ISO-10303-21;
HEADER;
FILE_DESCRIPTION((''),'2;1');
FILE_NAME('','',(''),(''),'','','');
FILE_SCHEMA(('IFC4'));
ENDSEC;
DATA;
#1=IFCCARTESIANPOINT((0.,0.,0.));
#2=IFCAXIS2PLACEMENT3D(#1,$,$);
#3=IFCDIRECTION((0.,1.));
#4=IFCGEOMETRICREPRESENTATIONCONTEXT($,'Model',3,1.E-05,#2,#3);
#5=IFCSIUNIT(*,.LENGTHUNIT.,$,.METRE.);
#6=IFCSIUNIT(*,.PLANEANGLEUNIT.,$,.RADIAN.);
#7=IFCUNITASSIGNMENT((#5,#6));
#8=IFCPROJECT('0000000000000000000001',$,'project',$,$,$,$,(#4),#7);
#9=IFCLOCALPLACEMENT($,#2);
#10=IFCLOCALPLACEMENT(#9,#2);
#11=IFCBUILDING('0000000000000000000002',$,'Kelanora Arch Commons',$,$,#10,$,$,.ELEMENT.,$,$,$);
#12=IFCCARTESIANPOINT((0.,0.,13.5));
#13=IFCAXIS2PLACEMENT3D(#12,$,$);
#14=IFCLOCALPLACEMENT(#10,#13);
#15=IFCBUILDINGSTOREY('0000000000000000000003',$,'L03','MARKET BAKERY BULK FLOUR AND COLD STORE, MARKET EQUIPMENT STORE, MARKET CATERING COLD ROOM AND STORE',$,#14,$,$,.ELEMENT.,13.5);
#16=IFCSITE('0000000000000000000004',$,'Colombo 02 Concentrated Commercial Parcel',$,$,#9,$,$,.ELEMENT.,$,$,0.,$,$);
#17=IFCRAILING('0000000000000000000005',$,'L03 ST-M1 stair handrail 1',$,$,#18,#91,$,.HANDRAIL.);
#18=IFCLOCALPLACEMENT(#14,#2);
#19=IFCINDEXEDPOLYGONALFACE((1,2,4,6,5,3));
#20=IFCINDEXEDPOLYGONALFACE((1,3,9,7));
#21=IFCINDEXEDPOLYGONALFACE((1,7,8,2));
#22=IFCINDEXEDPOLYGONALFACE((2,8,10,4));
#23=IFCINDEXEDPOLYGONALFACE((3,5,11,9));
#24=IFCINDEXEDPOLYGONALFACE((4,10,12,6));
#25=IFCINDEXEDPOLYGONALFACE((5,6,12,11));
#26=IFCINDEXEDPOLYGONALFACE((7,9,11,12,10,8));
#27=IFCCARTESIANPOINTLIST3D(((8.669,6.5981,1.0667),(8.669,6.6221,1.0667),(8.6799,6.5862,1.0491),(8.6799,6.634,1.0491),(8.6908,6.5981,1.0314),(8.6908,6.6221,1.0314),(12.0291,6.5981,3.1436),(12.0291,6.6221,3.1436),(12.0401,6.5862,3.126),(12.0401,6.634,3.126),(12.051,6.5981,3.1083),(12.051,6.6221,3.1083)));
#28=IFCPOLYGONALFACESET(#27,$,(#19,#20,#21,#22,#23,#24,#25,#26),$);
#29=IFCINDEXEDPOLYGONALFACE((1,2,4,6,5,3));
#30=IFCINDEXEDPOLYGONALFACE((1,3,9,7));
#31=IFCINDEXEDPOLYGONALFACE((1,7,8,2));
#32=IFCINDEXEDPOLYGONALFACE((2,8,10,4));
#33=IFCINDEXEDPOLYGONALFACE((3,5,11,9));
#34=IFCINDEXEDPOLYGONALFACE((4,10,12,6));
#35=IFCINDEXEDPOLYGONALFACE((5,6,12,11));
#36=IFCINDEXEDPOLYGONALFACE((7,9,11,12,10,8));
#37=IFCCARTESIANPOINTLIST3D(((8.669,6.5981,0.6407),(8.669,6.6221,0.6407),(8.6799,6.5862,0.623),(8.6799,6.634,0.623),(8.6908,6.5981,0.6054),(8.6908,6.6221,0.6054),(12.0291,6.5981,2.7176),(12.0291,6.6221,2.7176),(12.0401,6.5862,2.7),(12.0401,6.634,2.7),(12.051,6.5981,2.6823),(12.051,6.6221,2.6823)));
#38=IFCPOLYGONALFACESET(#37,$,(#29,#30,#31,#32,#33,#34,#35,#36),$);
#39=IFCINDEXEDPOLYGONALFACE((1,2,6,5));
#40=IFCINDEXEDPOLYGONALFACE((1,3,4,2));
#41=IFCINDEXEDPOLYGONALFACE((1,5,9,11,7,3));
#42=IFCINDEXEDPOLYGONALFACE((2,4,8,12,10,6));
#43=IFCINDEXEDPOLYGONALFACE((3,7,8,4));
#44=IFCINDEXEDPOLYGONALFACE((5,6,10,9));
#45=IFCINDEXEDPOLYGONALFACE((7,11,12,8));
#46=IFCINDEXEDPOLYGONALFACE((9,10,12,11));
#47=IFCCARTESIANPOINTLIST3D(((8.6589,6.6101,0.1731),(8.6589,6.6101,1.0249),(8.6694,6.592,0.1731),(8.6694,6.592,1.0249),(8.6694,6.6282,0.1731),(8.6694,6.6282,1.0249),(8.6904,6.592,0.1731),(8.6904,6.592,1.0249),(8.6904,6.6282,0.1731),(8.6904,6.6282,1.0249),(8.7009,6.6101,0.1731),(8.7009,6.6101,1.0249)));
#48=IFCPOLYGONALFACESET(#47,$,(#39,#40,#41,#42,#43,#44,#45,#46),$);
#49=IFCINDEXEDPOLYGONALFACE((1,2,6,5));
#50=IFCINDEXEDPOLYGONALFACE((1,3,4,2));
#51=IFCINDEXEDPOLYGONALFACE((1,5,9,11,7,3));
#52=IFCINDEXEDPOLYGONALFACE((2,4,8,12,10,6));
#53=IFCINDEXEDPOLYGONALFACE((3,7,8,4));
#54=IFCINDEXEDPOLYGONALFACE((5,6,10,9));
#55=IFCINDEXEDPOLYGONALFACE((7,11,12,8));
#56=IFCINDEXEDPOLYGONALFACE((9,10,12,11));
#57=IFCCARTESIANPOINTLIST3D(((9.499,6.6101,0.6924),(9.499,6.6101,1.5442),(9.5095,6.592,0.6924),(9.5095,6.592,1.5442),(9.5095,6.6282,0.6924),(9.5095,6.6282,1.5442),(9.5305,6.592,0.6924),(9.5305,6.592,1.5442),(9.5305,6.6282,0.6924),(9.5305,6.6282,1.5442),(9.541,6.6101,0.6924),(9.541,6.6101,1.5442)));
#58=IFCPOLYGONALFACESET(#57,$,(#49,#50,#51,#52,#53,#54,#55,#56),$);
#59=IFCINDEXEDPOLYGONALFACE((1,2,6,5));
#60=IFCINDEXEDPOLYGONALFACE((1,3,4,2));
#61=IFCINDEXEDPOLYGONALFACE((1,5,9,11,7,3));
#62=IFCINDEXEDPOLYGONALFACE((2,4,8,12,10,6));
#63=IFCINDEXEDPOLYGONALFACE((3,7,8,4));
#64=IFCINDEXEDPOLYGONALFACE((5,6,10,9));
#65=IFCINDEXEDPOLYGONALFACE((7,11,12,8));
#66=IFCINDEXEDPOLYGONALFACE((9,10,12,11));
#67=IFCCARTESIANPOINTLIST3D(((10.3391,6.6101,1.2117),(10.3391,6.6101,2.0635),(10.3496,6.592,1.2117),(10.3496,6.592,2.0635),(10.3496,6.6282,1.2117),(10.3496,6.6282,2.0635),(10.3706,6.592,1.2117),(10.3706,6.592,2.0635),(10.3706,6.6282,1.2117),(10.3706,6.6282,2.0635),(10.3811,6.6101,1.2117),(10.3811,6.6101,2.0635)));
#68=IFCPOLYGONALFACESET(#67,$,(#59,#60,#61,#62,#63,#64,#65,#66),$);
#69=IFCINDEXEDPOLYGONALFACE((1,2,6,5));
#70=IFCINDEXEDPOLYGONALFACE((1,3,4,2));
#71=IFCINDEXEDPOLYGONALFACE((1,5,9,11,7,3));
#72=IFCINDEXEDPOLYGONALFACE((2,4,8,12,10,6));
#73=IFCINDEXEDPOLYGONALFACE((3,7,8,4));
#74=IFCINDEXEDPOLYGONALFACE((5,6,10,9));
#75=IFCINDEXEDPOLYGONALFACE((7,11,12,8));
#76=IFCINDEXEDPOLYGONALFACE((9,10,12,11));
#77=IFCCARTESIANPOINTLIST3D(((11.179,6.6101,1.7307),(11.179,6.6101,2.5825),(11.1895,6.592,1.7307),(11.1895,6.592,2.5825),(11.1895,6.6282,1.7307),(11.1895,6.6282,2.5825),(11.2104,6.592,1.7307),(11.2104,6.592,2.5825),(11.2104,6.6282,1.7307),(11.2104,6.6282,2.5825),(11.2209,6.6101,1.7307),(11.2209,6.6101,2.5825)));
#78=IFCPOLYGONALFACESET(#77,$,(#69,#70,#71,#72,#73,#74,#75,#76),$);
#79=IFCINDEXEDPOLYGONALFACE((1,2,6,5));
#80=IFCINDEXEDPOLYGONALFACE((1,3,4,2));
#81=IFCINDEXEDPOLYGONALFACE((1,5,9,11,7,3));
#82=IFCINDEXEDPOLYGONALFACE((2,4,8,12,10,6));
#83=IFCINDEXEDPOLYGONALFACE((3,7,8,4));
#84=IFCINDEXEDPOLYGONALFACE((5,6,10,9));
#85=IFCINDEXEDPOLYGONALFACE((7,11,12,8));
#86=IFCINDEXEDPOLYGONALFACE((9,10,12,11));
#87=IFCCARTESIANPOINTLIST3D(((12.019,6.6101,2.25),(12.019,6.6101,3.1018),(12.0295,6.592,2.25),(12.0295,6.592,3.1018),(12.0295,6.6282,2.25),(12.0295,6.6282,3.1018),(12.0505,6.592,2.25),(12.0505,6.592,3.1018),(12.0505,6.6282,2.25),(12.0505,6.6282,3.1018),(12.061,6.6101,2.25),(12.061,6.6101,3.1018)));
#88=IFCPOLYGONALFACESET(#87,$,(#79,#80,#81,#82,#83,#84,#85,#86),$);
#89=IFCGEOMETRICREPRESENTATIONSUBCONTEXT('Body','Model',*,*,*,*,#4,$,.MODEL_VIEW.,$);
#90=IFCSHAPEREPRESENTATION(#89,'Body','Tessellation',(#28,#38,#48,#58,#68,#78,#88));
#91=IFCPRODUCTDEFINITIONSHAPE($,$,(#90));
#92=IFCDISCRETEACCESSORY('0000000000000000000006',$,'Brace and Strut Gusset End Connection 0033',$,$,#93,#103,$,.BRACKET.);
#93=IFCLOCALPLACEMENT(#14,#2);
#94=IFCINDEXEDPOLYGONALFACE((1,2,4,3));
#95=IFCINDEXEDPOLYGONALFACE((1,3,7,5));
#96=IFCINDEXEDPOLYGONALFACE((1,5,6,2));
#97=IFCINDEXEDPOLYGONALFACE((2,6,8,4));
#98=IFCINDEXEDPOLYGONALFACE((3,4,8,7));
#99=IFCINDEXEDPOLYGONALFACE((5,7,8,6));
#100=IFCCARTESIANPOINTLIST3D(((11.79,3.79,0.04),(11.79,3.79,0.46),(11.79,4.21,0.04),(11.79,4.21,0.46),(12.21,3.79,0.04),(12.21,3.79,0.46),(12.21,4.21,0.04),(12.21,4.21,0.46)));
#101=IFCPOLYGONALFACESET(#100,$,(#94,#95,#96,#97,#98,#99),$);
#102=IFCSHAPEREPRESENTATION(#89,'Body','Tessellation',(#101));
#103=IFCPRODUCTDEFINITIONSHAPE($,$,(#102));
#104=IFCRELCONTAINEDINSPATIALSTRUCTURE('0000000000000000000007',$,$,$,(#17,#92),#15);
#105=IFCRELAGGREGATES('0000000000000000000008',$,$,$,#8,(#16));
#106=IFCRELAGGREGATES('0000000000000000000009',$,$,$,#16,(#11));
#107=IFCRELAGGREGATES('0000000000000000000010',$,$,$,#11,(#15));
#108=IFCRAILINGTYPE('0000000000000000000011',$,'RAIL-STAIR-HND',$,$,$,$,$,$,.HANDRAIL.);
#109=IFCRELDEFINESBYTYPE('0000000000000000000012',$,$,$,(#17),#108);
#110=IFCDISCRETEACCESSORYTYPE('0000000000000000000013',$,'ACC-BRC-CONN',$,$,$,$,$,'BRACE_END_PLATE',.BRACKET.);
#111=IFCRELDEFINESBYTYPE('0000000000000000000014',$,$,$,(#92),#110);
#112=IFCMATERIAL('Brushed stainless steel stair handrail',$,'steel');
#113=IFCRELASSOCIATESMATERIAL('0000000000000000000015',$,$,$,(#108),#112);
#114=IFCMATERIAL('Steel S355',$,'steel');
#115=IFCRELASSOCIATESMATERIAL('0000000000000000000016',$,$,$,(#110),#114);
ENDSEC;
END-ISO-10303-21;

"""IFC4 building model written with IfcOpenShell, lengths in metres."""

from ifc_helpers import new_model, si_unit, direction, frame, origin, origin_2d, place, context, subcontext, project, spatial, polyline, rectangle, outline, extrude, source, transform, mapped, material, type_object, element, save


model = new_model("IFC4")

# Units and contexts
model_context = context("Model", 3, precision=1e-05, world=origin(), true_north=direction((0.0, 1.0)))
body_context = subcontext(model_context, "Body", "Model", "MODEL_VIEW")
ifc_project = project(units=[si_unit("LENGTHUNIT", "METRE"), si_unit("PLANEANGLEUNIT", "RADIAN")], contexts=[model_context])

# Site, building, storey
site_placement = place(None, origin())
site = spatial("IfcSite", under=ifc_project, at=site_placement, Name="Colombo 02 Concentrated Commercial Parcel", CompositionType="ELEMENT", RefElevation=0.0)
building_placement = place(site_placement, origin())
building = spatial("IfcBuilding", under=site, at=building_placement, Name="Kelanora Arch Commons", CompositionType="ELEMENT")
storey_placement = place(building_placement, frame((0.0, 0.0, 13.5)))
storey = spatial("IfcBuildingStorey", under=building, at=storey_placement, Name="L03", Description="MARKET BAKERY BULK FLOUR AND COLD STORE, MARKET EQUIPMENT STORE, MARKET CATERING COLD ROOM AND STORE", CompositionType="ELEMENT", Elevation=13.5)

# Shared definitions
ifc_material_1 = material(Name="Steel S355", Category="steel")

# Railing
ifc_material_2 = material(Name="Brushed stainless steel stair handrail", Category="steel")
railing_type_1 = type_object("IfcRailingType", Name="RAIL-STAIR-HND", PredefinedType="HANDRAIL", material=ifc_material_2)
railing_1_placement = place(storey_placement, frame((8.6799, 6.6101, 0.1731)))
element("IfcRailing", 1, at=railing_1_placement, inside=storey, type_object=railing_type_1, Name="L03 ST-M1 stair handrail 1", PredefinedType="HANDRAIL", context=body_context, shape_type="SweptSolid", body=[
    extrude(outline(polyline([(0.0239, 0.0), (0.012, 0.0208), (-0.012, 0.0208), (-0.0239, 0.0), (-0.012, -0.0208), (0.012, -0.0208), (0.0239, 0.0)])), frame((0.0, 0.0, 0.876), z_axis=(0.850623, 0.0, 0.525776), x_axis=(0.0, 1.0, 0.0)), (0.0, 0.0, 1.0), 3.9502),
    extrude(outline(polyline([(0.0239, 0.0), (0.012, 0.0208), (-0.012, 0.0208), (-0.0239, 0.0), (-0.012, -0.0208), (0.012, -0.0208), (0.0239, 0.0)])), frame((0.0, 0.0, 0.45), z_axis=(0.850623, 0.0, 0.525776), x_axis=(0.0, 1.0, 0.0)), (0.0, 0.0, 1.0), 3.9502),
    extrude(outline(polyline([(0.021, 0.0), (0.0105, 0.0181), (-0.0105, 0.0181), (-0.021, 0.0), (-0.0105, -0.0181), (0.0105, -0.0181), (0.021, 0.0)])), origin(), (0.0, 0.0, 1.0), 0.8518),
    extrude(outline(polyline([(0.021, 0.0), (0.0105, 0.0181), (-0.0105, 0.0181), (-0.021, 0.0), (-0.0105, -0.0181), (0.0105, -0.0181), (0.021, 0.0)])), frame((0.8401, 0.0, 0.5193)), (0.0, 0.0, 1.0), 0.8518),
    extrude(outline(polyline([(0.021, 0.0), (0.0105, 0.0181), (-0.0105, 0.0181), (-0.021, 0.0), (-0.0105, -0.0181), (0.0105, -0.0181), (0.021, 0.0)])), frame((1.6802, 0.0, 1.0386)), (0.0, 0.0, 1.0), 0.8518),
    extrude(outline(polyline([(0.021, 0.0), (0.0105, 0.0181), (-0.0105, 0.0181), (-0.021, 0.0), (-0.0105, -0.0181), (0.0105, -0.0181), (0.021, 0.0)])), frame((2.52, 0.0, 1.5576)), (0.0, 0.0, 1.0), 0.8518),
    extrude(outline(polyline([(0.021, 0.0), (0.0105, 0.0181), (-0.0105, 0.0181), (-0.021, 0.0), (-0.0105, -0.0181), (0.0105, -0.0181), (0.021, 0.0)])), frame((3.3601, 0.0, 2.0769)), (0.0, 0.0, 1.0), 0.8518),
])

# Discrete accessory
discrete_accessory_type = type_object("IfcDiscreteAccessoryType", Name="ACC-BRC-CONN", ElementType="BRACE_END_PLATE", PredefinedType="BRACKET", material=ifc_material_1)
shared_shape = source(origin(), body_context, "Body", "SweptSolid", [
    extrude(rectangle(XDim=0.4199, YDim=0.4199, at=origin_2d()), origin(), (0.0, 0.0, 1.0), 0.4199),
])
discrete_accessory_placement = place(storey_placement, frame((12.0, 4.0, 0.04), z_axis=(0.0, 0.0, 1.0), x_axis=(1.0, 0.0, 0.0)))
element("IfcDiscreteAccessory", 2, at=discrete_accessory_placement, inside=storey, type_object=discrete_accessory_type, Name="Brace and Strut Gusset End Connection 0033", PredefinedType="BRACKET", context=body_context, shape_type="MappedRepresentation", body=[
    mapped(shared_shape, transform((0.0, 0.0, 0.0), scale=1.0)),
])

save(model, "model.ifc")
